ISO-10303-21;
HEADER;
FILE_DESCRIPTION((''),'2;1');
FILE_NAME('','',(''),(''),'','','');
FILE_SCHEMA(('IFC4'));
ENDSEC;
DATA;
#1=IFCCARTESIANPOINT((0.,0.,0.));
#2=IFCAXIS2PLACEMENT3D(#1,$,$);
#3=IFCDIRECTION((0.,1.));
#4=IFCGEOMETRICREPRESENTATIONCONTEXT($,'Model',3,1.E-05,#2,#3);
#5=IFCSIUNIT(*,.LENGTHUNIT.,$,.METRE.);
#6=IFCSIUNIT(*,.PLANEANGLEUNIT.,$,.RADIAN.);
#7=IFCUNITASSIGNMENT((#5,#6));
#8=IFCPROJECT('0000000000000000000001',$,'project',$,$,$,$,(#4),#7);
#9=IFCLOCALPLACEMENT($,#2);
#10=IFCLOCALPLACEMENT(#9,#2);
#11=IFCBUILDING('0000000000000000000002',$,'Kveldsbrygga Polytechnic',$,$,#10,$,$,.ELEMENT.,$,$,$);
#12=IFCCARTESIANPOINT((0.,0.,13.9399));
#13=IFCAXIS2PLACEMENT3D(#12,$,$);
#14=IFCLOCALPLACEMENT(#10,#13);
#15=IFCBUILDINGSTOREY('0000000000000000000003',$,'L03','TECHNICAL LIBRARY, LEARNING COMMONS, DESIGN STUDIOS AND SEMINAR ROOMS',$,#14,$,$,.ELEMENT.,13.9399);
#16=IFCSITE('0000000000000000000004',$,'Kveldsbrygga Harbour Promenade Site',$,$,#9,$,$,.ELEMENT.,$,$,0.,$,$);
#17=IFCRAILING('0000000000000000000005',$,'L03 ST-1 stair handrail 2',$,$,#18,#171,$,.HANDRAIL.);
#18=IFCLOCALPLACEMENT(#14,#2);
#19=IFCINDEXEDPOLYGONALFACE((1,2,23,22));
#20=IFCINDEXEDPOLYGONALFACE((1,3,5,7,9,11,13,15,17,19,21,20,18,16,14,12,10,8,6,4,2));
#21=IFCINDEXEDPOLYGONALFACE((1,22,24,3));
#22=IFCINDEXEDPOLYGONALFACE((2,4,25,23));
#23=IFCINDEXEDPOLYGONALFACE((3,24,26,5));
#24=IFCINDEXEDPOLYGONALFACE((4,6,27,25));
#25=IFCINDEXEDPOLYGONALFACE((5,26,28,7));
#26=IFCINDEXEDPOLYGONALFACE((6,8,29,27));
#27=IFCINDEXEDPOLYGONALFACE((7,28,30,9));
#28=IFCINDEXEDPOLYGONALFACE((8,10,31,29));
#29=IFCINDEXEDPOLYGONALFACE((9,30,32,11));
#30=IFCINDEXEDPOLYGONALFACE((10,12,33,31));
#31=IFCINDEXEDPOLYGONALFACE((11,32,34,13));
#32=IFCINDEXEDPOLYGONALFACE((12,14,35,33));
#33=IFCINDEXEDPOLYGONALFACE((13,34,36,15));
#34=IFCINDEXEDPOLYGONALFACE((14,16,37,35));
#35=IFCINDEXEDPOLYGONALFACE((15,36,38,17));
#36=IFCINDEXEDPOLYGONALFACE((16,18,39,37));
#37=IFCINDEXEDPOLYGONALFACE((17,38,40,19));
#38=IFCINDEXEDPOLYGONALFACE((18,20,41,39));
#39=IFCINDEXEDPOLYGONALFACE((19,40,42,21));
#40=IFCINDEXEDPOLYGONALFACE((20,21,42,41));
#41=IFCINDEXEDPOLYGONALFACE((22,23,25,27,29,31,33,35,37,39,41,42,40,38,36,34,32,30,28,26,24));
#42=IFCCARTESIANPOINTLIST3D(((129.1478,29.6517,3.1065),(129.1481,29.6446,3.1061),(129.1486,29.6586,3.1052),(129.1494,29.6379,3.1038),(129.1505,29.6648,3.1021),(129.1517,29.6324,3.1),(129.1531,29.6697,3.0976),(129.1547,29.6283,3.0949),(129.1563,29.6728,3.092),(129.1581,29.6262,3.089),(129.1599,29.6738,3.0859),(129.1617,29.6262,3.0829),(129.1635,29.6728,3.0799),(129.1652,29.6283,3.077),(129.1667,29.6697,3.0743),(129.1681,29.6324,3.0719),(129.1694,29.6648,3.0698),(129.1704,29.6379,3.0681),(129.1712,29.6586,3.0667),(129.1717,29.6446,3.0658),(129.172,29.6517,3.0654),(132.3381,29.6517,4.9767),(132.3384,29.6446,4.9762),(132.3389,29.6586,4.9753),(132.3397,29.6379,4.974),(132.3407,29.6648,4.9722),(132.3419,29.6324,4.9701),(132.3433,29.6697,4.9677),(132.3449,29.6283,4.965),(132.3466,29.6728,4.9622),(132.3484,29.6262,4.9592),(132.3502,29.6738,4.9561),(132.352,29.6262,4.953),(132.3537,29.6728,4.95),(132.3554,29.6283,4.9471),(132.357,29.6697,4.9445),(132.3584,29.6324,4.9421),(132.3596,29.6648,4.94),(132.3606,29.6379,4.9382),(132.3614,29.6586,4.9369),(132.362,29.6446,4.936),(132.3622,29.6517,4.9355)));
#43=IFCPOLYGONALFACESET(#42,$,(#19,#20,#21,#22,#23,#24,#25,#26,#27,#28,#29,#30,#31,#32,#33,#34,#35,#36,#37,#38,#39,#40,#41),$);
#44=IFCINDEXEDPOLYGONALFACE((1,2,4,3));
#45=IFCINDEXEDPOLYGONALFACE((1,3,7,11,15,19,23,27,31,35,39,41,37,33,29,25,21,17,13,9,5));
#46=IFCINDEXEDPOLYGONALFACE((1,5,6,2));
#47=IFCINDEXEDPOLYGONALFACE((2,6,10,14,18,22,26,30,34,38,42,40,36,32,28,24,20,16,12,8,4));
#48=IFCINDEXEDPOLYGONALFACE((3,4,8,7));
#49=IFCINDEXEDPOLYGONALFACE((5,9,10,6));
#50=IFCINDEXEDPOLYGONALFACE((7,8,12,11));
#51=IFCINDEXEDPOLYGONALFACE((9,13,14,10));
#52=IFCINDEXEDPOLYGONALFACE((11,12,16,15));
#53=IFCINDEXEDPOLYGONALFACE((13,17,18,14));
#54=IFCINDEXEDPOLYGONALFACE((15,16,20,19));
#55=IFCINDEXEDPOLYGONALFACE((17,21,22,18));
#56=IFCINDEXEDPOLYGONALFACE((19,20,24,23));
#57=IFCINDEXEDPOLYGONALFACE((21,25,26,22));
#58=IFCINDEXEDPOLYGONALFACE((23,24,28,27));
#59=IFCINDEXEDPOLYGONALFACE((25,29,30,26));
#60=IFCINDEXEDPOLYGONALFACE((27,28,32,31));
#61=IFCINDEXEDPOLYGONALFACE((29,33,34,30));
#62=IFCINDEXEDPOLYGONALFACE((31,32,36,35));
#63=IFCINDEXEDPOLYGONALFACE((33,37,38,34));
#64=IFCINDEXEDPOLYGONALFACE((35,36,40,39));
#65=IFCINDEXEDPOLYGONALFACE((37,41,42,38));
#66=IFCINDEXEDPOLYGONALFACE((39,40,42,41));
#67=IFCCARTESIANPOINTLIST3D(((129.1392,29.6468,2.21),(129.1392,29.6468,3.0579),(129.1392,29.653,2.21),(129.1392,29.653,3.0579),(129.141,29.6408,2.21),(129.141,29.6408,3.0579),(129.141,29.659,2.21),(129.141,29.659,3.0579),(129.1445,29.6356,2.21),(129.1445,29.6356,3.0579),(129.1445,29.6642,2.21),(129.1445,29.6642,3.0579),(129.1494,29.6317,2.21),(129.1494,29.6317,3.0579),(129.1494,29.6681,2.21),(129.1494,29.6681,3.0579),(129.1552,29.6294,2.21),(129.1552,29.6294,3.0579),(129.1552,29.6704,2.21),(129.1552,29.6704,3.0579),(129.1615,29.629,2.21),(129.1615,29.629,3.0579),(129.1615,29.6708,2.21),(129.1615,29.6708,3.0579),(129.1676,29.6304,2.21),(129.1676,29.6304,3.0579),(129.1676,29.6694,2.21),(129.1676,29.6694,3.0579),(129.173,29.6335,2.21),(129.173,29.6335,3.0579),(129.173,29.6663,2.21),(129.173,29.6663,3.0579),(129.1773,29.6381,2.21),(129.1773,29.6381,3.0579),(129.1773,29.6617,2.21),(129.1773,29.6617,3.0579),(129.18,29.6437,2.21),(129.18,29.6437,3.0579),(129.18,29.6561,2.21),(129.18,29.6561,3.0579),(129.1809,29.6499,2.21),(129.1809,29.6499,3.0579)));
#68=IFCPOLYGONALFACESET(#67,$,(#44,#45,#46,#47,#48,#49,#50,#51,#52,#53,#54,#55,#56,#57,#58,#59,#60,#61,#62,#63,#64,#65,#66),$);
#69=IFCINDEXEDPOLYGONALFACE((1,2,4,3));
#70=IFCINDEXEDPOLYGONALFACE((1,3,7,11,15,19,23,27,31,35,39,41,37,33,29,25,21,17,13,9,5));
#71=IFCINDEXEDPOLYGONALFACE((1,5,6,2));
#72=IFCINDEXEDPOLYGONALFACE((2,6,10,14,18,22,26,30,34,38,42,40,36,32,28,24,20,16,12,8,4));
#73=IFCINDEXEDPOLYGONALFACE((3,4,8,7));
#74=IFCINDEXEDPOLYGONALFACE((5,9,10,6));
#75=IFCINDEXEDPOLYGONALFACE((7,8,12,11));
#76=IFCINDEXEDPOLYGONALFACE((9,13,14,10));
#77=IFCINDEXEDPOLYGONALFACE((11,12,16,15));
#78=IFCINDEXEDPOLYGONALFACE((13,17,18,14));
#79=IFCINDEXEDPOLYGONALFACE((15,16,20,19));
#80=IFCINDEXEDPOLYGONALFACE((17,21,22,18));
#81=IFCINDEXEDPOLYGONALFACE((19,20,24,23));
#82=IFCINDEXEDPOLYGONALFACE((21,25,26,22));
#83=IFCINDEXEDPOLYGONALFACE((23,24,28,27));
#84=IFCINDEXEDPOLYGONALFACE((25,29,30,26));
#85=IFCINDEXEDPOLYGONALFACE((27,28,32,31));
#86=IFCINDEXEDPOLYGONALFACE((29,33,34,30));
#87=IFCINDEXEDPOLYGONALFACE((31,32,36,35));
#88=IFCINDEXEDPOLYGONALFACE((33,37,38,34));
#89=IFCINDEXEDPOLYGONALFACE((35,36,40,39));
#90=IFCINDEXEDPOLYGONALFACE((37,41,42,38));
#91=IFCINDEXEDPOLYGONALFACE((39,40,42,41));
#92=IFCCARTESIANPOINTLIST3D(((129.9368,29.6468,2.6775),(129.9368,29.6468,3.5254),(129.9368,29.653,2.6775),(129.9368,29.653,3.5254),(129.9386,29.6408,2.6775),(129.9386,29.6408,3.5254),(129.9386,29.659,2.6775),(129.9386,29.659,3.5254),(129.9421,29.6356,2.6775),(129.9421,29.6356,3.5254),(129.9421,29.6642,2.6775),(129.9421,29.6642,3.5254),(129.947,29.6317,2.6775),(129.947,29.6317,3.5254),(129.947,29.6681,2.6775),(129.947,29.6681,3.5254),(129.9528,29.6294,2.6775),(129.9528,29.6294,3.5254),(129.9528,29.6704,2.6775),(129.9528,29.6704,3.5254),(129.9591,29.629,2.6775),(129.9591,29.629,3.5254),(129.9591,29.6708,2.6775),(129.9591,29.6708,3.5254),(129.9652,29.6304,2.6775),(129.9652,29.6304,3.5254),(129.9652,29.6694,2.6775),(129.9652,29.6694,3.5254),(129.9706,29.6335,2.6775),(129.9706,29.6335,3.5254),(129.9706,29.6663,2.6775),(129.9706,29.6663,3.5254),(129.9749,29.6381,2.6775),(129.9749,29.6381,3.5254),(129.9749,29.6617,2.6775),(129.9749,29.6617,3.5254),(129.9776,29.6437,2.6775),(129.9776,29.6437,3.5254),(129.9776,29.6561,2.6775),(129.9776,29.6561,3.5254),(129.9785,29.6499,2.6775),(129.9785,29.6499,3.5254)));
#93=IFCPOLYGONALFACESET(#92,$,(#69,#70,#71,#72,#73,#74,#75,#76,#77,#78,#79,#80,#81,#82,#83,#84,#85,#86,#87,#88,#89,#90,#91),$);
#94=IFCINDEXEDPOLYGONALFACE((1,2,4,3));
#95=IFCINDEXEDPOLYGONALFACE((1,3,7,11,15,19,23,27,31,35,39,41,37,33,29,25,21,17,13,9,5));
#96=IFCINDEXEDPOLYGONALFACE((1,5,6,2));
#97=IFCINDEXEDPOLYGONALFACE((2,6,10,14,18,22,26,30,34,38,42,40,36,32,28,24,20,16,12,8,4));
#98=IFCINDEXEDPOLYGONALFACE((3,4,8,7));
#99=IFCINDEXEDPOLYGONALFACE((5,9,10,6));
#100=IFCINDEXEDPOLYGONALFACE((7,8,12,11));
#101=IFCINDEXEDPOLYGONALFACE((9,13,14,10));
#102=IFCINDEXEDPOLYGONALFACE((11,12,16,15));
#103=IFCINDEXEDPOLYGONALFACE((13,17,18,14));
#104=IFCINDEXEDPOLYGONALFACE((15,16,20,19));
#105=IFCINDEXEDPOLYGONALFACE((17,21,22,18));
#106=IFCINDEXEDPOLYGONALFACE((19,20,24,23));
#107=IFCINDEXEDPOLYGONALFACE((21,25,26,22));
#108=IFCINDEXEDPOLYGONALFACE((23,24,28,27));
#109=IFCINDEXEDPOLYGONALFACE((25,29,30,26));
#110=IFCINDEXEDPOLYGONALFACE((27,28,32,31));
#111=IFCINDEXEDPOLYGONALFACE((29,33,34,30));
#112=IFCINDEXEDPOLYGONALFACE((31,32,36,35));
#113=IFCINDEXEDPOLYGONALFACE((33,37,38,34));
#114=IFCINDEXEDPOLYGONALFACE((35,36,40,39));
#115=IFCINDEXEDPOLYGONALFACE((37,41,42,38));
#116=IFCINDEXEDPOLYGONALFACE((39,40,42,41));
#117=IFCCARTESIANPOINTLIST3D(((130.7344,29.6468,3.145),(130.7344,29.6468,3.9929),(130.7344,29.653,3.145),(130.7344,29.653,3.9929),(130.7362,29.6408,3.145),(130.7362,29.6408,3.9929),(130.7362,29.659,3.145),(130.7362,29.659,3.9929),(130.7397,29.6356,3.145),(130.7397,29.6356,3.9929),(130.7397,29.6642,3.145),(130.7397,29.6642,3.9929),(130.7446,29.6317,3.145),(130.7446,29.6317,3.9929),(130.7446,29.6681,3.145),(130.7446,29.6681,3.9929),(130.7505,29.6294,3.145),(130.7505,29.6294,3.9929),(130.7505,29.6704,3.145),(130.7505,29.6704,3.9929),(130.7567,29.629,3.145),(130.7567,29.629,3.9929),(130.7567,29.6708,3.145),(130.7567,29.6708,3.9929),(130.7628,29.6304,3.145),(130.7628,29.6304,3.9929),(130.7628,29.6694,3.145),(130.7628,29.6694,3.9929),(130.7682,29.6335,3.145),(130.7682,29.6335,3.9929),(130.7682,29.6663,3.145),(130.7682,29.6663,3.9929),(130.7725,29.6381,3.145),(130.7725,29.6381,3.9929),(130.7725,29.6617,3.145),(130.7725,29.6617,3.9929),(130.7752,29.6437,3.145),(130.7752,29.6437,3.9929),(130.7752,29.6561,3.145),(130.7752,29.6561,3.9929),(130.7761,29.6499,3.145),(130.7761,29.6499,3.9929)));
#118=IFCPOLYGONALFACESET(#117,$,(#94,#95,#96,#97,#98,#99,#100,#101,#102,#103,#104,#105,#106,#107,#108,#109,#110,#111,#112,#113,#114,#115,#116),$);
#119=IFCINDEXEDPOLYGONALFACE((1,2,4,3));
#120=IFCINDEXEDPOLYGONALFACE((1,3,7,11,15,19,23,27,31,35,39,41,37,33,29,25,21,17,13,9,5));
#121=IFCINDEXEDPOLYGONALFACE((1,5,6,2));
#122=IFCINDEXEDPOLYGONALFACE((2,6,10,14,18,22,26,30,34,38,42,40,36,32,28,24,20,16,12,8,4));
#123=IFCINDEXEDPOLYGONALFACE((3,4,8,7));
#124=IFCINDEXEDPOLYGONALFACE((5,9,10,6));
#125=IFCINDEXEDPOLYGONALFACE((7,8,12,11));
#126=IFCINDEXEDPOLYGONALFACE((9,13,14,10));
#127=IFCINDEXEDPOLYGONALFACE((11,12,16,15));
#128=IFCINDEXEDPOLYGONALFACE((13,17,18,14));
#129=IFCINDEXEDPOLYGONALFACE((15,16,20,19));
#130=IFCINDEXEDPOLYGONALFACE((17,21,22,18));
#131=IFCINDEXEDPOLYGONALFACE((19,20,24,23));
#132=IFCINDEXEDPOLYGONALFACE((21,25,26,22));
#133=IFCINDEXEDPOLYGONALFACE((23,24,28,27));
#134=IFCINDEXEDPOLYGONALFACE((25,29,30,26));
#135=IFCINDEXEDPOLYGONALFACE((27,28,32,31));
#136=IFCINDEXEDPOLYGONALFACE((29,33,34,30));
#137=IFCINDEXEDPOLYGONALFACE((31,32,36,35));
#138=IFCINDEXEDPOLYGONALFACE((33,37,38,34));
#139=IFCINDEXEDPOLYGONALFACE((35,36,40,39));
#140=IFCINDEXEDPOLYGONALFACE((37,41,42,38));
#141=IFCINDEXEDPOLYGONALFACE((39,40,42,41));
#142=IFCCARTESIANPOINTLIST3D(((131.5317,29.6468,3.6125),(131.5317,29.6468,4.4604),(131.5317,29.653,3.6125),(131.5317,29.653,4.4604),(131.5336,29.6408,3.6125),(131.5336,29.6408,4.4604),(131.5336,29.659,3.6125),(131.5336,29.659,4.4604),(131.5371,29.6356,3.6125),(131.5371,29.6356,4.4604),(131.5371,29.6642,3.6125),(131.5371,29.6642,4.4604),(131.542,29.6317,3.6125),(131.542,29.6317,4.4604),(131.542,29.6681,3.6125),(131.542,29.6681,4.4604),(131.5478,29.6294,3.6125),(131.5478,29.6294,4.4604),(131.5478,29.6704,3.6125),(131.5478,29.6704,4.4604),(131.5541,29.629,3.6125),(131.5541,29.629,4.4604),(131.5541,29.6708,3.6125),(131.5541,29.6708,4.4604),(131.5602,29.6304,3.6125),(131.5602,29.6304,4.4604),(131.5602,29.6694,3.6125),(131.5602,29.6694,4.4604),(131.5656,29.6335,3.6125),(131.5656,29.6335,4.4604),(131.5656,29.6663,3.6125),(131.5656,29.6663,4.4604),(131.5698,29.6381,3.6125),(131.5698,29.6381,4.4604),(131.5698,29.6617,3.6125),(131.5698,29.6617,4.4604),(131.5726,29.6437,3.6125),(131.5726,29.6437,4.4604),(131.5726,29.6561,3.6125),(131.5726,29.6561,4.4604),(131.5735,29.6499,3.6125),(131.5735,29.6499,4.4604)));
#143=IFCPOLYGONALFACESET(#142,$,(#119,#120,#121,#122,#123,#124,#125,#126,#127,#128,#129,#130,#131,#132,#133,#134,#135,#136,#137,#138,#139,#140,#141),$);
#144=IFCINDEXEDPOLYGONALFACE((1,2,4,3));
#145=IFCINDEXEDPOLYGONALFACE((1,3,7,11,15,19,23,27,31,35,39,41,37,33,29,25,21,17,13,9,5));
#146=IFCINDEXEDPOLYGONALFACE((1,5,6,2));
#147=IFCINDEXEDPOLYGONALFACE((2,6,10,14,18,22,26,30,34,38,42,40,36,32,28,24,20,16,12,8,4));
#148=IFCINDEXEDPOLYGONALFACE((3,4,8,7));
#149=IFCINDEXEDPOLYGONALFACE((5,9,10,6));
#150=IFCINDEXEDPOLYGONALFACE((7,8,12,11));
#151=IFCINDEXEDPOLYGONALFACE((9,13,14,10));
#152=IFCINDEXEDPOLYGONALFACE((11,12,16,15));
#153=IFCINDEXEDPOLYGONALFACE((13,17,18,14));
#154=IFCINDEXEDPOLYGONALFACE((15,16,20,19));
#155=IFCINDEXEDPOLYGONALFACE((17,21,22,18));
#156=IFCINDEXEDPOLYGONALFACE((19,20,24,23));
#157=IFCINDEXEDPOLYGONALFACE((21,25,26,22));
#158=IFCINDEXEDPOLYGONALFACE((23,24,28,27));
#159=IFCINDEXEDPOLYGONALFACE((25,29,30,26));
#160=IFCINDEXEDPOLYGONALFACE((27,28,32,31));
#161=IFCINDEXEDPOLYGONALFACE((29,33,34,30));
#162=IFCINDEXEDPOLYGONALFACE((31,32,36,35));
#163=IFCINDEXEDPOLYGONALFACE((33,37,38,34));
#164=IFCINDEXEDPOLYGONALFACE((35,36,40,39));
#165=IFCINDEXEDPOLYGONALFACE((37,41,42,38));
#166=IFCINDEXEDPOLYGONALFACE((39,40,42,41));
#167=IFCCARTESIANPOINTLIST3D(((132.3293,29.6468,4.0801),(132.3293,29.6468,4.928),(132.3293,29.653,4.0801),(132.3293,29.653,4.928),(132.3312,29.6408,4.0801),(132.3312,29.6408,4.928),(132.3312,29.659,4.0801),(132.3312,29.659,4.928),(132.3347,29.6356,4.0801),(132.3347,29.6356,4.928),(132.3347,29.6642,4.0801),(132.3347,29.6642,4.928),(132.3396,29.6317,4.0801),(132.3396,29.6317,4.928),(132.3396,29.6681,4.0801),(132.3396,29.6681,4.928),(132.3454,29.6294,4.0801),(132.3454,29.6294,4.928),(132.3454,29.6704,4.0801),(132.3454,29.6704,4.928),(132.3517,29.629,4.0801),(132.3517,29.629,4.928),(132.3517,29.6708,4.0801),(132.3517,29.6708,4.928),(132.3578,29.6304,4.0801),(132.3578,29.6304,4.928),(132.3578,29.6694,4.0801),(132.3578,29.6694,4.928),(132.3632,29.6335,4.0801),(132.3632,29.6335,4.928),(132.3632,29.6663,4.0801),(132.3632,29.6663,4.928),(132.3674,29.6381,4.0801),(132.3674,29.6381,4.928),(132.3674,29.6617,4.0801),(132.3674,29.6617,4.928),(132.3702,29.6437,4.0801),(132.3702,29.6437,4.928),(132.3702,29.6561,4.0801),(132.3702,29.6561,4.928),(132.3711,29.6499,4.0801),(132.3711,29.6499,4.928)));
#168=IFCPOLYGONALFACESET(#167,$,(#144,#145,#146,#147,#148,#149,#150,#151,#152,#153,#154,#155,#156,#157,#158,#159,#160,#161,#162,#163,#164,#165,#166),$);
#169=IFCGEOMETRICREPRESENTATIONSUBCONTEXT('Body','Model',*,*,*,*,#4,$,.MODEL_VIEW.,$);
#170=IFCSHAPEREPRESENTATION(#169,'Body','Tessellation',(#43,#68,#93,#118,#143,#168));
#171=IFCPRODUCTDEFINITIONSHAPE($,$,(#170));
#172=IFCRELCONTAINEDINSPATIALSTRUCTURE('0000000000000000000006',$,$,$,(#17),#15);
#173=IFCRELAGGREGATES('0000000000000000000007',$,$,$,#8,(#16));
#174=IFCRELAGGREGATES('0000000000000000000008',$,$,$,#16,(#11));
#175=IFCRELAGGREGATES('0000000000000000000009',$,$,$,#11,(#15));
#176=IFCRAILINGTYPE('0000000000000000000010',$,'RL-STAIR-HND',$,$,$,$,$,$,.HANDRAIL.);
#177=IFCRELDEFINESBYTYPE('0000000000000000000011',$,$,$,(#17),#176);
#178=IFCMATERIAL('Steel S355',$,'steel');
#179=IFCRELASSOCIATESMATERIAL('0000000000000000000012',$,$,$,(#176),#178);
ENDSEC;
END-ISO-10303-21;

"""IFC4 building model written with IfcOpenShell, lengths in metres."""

from ifc_helpers import new_model, si_unit, direction, frame, origin, origin_2d, place, context, subcontext, project, spatial, circle, extrude, material, type_object, element, save


model = new_model("IFC4")

# Units and contexts
model_context = context("Model", 3, precision=1e-05, world=origin(), true_north=direction((0.0, 1.0)))
body_context = subcontext(model_context, "Body", "Model", "MODEL_VIEW")
ifc_project = project(units=[si_unit("LENGTHUNIT", "METRE"), si_unit("PLANEANGLEUNIT", "RADIAN")], contexts=[model_context])

# Site, building, storey
site_placement = place(None, origin())
site = spatial("IfcSite", under=ifc_project, at=site_placement, Name="Kveldsbrygga Harbour Promenade Site", CompositionType="ELEMENT", RefElevation=0.0)
building_placement = place(site_placement, origin())
building = spatial("IfcBuilding", under=site, at=building_placement, Name="Kveldsbrygga Polytechnic", CompositionType="ELEMENT")
storey_placement = place(building_placement, frame((0.0, 0.0, 13.9399)))
storey = spatial("IfcBuildingStorey", under=building, at=storey_placement, Name="L03", Description="TECHNICAL LIBRARY, LEARNING COMMONS, DESIGN STUDIOS AND SEMINAR ROOMS", CompositionType="ELEMENT", Elevation=13.9399)

# Railing
ifc_material_1 = material(Name="Steel S355", Category="steel")
railing_type_1 = type_object("IfcRailingType", Name="RL-STAIR-HND", PredefinedType="HANDRAIL", material=ifc_material_1)
railing_1_placement = place(storey_placement, frame((129.1599, 29.6499, 2.21)))
element("IfcRailing", 1, at=railing_1_placement, inside=storey, type_object=railing_type_1, Name="L03 ST-1 stair handrail 2", PredefinedType="HANDRAIL", context=body_context, shape_type="SweptSolid", body=[
    extrude(circle(Radius=0.0239, at=origin_2d()), frame((0.0, 0.0, 0.876), z_axis=(0.862697, 0.0, 0.505721), x_axis=(0.0, 1.0, 0.0)), (0.0, 0.0, 1.0), 3.698),
    extrude(circle(Radius=0.021, at=origin_2d()), origin(), (0.0, 0.0, 1.0), 0.8479),
    extrude(circle(Radius=0.021, at=origin_2d()), frame((0.7976, 0.0, 0.4675)), (0.0, 0.0, 1.0), 0.8479),
    extrude(circle(Radius=0.021, at=origin_2d()), frame((1.5952, 0.0, 0.9351)), (0.0, 0.0, 1.0), 0.8479),
    extrude(circle(Radius=0.021, at=origin_2d()), frame((2.3926, 0.0, 1.4026)), (0.0, 0.0, 1.0), 0.8479),
    extrude(circle(Radius=0.021, at=origin_2d()), frame((3.1902, 0.0, 1.8701)), (0.0, 0.0, 1.0), 0.8479),
])

save(model, "model.ifc")
